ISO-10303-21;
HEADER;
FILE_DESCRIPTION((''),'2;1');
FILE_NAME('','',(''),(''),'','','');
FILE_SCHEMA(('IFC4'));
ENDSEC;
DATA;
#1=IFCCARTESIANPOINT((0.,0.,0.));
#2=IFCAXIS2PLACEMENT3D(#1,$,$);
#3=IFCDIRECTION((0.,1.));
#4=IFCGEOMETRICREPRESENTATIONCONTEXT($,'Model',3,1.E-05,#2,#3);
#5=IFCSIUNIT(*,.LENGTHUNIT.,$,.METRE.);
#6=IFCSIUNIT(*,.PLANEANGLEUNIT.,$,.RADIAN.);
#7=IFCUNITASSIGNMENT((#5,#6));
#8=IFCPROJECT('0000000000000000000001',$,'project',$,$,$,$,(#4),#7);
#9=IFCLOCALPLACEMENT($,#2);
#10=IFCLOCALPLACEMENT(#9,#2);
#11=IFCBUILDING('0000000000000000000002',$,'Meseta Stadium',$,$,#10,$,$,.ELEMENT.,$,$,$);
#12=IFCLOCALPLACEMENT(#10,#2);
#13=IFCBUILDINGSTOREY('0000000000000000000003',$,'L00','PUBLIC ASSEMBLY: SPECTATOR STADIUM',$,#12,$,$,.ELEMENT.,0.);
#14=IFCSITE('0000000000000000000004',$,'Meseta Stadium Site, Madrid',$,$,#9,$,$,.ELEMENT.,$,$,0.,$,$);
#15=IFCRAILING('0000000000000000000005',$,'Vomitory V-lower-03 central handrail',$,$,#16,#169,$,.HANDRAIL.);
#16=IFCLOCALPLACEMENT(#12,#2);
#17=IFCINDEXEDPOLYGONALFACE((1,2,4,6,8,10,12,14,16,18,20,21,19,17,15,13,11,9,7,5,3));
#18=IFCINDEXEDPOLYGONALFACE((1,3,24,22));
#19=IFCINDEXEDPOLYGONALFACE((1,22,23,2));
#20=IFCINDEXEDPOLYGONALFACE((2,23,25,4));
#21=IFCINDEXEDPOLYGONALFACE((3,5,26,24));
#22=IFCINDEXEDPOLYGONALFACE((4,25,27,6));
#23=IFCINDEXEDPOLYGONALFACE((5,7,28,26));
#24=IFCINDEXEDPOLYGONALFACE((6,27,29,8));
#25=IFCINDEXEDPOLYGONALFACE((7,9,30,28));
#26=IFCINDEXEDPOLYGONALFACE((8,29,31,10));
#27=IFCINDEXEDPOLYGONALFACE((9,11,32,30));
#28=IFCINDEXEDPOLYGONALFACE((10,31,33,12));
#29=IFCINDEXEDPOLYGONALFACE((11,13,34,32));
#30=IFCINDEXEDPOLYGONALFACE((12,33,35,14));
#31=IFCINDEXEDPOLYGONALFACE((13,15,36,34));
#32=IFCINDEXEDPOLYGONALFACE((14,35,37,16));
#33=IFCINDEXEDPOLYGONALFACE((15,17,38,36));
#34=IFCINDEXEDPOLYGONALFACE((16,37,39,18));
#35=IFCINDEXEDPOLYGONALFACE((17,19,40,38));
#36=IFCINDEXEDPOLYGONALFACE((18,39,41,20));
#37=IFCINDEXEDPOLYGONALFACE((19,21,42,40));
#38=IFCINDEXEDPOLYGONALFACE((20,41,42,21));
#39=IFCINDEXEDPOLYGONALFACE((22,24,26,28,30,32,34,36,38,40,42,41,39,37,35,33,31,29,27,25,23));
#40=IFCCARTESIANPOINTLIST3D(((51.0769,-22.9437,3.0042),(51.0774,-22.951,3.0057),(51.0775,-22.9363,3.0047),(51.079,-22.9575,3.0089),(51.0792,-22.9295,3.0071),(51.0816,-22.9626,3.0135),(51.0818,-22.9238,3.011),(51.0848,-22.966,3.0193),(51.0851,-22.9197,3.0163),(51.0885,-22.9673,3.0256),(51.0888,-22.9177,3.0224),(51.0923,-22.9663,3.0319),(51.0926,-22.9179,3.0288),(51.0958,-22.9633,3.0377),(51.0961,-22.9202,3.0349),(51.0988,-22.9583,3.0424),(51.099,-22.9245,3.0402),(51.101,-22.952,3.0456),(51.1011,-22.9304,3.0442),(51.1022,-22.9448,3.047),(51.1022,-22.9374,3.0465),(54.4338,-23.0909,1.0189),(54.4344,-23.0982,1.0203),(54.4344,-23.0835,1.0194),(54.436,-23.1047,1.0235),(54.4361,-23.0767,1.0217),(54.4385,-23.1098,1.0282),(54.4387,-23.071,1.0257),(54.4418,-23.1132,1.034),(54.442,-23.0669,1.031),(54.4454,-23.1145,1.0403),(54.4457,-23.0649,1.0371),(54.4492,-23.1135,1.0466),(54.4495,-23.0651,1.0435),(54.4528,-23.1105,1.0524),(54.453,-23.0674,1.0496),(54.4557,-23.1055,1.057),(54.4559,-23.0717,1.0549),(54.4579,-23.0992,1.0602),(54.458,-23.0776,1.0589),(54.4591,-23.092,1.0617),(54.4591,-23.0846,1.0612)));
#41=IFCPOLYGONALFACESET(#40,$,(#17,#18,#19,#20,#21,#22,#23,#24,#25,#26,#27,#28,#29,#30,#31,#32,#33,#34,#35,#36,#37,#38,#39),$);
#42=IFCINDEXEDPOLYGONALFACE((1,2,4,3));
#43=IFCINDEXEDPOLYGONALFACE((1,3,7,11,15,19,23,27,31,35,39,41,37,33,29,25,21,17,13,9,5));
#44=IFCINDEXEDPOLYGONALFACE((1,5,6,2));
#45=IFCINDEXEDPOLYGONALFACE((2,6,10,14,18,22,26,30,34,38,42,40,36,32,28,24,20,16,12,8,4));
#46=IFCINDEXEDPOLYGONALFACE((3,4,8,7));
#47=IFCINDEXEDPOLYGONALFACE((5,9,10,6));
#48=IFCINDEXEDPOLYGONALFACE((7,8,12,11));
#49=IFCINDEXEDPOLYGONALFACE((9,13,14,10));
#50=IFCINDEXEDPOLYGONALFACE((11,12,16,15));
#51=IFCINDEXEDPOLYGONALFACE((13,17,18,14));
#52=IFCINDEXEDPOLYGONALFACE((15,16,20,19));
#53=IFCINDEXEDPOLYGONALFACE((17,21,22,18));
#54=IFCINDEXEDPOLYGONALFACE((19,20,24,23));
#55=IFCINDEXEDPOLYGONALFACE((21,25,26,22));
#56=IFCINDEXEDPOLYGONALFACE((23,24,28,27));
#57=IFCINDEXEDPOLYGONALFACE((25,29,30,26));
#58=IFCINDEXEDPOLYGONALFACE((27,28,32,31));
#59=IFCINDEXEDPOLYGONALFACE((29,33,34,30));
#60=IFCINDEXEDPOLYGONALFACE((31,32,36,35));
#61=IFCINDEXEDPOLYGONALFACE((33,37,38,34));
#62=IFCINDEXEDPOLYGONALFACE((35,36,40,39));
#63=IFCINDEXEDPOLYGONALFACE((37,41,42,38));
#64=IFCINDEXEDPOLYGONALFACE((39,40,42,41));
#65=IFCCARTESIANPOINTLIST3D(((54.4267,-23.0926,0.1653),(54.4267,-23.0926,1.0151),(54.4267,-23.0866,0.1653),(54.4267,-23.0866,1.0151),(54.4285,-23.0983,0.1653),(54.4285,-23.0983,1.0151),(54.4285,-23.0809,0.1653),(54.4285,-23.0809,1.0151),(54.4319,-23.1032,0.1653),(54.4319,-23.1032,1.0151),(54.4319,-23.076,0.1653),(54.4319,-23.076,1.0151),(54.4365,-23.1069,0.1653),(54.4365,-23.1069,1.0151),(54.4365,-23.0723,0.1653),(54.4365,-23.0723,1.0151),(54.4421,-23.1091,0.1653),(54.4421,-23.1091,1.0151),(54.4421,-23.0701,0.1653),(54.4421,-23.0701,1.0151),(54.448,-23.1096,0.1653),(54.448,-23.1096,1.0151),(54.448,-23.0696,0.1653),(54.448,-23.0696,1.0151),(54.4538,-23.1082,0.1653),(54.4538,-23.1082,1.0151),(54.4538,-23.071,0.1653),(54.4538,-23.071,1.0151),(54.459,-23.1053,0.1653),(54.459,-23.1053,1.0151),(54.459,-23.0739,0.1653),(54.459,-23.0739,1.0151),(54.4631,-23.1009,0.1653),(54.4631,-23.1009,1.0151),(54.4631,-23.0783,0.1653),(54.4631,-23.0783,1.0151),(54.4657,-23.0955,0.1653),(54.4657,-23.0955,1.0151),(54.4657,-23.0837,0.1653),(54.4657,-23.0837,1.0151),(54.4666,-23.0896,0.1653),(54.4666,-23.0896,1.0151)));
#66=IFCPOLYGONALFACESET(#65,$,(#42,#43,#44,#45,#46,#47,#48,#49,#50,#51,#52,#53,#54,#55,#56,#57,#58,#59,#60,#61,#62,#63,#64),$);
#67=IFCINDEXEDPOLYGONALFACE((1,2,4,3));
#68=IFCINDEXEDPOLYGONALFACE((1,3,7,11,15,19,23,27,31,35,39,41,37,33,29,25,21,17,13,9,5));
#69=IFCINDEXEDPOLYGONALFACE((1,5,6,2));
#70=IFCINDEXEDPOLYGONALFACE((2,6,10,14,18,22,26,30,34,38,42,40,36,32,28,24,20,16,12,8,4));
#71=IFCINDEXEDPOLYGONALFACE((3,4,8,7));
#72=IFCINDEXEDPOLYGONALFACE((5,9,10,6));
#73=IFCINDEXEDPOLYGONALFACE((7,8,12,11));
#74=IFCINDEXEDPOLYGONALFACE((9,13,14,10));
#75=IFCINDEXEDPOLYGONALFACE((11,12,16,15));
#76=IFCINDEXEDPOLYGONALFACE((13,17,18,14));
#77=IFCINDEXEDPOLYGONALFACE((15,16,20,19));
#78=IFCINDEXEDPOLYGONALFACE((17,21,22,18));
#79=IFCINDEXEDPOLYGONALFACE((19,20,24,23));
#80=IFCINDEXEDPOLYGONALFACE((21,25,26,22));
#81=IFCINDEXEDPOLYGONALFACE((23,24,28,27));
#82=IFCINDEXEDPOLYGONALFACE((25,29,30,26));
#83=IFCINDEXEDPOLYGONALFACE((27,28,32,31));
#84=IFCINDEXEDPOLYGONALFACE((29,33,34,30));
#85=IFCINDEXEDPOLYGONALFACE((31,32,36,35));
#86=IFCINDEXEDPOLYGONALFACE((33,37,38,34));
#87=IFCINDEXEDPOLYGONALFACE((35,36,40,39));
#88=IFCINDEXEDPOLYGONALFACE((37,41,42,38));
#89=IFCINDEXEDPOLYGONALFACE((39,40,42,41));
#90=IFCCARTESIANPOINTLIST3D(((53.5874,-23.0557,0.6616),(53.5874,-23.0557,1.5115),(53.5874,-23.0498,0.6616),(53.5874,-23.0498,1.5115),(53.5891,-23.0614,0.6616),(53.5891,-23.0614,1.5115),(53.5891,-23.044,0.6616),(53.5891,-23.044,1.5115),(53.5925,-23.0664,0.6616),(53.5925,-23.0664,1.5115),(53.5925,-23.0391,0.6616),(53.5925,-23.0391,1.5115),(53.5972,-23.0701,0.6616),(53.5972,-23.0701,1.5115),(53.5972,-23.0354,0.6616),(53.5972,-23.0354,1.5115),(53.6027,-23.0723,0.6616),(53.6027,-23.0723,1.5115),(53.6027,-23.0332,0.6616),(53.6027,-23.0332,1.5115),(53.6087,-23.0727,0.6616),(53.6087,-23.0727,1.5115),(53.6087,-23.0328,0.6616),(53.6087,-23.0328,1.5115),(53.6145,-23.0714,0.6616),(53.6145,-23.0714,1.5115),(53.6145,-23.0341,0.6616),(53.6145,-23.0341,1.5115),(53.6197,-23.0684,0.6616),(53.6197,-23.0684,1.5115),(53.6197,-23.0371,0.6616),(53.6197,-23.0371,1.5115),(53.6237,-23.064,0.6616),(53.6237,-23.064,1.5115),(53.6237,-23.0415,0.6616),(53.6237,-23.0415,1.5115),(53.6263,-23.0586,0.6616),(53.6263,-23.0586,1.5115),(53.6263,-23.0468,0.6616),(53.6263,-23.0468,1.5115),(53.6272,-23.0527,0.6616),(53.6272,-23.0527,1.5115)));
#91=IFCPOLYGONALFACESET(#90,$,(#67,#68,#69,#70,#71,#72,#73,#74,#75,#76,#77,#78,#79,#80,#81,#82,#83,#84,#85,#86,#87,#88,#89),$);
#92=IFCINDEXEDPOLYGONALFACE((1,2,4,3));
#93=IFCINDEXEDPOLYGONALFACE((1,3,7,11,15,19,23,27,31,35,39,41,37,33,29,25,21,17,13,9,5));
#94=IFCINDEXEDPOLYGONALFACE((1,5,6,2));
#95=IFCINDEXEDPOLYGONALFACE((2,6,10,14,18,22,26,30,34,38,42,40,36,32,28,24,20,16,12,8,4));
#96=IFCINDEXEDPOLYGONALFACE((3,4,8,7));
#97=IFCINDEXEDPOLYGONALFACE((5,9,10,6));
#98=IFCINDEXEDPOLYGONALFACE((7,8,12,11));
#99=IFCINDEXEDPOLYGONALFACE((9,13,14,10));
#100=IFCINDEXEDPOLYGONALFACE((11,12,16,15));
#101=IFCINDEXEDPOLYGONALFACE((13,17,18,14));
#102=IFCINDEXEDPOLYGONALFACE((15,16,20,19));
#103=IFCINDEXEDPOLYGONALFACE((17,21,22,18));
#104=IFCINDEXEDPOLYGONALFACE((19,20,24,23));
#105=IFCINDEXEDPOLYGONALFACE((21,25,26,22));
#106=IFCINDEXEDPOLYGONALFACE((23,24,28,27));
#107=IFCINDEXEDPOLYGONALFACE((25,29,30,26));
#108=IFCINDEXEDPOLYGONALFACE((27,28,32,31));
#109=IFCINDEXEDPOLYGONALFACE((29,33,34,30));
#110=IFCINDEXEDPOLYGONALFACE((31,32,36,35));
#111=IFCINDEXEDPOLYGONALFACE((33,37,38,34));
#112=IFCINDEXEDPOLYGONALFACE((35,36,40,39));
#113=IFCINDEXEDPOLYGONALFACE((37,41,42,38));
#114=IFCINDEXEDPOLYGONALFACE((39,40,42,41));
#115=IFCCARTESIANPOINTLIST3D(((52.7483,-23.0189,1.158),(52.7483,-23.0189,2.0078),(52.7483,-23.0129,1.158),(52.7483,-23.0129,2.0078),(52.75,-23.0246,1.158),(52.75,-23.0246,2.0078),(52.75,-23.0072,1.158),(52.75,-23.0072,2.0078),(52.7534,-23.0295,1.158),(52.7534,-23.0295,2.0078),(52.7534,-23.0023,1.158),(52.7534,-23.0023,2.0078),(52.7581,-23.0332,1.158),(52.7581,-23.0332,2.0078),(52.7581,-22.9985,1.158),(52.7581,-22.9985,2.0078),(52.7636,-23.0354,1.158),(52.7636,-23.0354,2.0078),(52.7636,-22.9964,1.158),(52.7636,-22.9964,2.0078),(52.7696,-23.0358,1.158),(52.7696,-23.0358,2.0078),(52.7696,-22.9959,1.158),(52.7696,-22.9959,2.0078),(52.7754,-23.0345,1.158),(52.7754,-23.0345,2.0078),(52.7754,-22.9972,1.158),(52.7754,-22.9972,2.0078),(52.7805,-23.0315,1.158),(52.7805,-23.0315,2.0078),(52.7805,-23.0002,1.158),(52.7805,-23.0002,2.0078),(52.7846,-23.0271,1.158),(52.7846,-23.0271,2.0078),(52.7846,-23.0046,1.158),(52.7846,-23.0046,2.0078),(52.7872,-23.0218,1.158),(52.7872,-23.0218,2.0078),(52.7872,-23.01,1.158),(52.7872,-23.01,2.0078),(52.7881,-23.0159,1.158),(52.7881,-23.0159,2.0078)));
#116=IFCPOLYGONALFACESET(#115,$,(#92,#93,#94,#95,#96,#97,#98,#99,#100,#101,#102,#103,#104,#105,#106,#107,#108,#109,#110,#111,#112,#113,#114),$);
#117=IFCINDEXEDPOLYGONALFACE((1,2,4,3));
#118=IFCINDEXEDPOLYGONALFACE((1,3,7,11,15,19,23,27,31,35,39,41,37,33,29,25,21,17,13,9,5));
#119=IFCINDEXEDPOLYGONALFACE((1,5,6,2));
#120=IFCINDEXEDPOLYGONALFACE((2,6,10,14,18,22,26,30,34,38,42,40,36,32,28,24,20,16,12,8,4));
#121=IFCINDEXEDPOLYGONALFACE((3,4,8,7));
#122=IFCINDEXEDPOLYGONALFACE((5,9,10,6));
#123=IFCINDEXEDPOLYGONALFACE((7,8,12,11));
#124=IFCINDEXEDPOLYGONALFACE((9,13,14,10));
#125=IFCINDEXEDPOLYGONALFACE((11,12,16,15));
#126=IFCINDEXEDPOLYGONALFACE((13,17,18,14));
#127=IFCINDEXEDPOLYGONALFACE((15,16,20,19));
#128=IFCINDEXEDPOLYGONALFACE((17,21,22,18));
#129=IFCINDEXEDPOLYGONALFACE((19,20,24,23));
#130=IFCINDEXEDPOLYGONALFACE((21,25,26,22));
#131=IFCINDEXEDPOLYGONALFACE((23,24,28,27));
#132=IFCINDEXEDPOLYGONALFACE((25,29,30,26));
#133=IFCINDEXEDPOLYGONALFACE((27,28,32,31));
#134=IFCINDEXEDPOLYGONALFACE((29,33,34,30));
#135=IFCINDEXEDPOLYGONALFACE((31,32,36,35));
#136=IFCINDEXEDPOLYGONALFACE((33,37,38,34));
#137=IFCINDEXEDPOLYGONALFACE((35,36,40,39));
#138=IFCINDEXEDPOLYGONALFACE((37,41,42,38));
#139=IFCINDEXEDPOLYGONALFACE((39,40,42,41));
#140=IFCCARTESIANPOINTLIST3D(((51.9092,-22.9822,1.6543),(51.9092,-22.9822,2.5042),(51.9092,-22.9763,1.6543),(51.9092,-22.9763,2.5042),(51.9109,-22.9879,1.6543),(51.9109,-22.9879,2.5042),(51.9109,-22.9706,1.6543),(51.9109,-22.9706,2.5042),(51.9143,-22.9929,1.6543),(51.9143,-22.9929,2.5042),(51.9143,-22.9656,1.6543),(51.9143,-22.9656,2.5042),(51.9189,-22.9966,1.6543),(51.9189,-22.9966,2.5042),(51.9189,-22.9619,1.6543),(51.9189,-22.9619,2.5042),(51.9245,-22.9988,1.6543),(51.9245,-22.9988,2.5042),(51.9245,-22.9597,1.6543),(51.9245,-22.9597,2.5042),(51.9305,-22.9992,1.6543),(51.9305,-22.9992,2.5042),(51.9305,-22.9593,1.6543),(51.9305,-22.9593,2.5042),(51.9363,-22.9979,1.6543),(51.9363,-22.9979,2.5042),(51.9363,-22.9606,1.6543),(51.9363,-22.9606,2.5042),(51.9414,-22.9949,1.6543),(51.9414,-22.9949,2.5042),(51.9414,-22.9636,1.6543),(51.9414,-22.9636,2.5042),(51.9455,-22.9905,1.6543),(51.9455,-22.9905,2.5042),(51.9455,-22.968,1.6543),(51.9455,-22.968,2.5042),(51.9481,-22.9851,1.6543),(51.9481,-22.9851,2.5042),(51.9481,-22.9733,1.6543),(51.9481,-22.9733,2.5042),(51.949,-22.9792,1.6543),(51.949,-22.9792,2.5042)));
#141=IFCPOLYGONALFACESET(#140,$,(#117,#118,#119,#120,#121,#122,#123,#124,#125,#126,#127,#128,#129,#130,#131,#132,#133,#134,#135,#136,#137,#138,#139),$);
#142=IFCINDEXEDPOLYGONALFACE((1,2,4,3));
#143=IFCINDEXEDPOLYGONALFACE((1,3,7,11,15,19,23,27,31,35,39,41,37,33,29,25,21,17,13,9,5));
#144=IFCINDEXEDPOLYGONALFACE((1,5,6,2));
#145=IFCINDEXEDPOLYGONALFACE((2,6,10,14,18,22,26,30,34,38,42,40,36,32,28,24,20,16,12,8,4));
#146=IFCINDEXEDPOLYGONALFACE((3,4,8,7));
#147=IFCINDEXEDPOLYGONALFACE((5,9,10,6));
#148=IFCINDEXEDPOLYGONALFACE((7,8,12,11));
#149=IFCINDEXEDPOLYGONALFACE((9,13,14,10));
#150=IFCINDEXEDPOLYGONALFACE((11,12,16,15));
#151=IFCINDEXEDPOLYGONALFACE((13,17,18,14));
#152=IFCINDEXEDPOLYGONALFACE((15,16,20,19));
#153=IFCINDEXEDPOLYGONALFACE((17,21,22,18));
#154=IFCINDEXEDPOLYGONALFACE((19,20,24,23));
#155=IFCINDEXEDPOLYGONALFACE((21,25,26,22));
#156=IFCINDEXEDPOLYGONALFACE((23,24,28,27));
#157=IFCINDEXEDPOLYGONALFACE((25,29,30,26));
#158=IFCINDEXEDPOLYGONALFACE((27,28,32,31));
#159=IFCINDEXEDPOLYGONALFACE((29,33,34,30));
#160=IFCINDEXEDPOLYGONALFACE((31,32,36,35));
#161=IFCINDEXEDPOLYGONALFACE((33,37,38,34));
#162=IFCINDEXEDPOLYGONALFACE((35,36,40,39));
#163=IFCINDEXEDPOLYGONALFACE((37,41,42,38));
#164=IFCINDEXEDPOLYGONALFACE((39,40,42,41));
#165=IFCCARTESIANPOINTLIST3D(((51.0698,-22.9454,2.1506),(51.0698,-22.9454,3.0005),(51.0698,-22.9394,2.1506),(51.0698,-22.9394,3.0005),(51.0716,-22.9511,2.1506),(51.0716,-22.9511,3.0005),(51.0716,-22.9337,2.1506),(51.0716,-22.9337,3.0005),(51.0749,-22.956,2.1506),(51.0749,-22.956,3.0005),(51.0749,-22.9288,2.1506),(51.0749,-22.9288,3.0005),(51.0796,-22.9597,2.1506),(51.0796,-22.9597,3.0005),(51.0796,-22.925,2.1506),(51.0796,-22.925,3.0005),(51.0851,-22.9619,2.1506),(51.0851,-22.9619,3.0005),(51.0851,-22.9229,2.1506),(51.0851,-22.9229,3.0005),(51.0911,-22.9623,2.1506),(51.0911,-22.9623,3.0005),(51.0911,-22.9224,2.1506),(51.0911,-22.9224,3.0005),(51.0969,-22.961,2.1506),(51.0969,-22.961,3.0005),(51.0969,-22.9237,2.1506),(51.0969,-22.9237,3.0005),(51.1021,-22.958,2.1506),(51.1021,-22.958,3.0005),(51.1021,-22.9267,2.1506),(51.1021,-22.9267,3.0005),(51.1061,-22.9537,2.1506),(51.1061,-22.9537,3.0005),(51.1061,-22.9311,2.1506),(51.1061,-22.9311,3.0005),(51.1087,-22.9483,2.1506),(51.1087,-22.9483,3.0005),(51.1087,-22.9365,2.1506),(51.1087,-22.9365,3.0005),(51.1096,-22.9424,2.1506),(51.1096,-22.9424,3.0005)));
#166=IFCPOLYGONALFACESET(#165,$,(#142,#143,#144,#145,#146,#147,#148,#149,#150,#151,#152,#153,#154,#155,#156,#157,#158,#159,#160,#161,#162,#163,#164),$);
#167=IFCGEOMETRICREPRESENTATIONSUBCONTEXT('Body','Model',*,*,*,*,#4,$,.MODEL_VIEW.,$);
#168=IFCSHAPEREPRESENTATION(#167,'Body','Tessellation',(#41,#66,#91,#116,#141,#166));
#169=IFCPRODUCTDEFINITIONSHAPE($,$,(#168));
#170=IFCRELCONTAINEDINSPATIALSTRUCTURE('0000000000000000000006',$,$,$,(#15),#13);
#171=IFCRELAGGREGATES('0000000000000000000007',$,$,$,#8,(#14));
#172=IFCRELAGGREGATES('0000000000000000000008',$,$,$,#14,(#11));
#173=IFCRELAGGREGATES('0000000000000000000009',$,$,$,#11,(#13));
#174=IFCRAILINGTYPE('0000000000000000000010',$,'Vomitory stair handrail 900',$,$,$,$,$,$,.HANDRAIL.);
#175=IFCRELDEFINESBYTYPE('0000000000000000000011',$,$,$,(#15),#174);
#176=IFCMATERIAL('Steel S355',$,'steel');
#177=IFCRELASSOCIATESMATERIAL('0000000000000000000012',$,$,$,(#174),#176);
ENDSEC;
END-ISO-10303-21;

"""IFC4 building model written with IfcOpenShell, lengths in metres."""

from ifc_helpers import new_model, si_unit, direction, frame, origin, origin_2d, place, context, subcontext, project, spatial, circle, extrude, material, type_object, element, save


model = new_model("IFC4")

# Units and contexts
model_context = context("Model", 3, precision=1e-05, world=origin(), true_north=direction((0.0, 1.0)))
body_context = subcontext(model_context, "Body", "Model", "MODEL_VIEW")
ifc_project = project(units=[si_unit("LENGTHUNIT", "METRE"), si_unit("PLANEANGLEUNIT", "RADIAN")], contexts=[model_context])

# Site, building, storey
site_placement = place(None, origin())
site = spatial("IfcSite", under=ifc_project, at=site_placement, Name="Meseta Stadium Site, Madrid", CompositionType="ELEMENT", RefElevation=0.0)
building_placement = place(site_placement, origin())
building = spatial("IfcBuilding", under=site, at=building_placement, Name="Meseta Stadium", CompositionType="ELEMENT")
storey_placement = place(building_placement, origin())
storey = spatial("IfcBuildingStorey", under=building, at=storey_placement, Name="L00", Description="PUBLIC ASSEMBLY: SPECTATOR STADIUM", CompositionType="ELEMENT", Elevation=0.0)

# Railing
ifc_material_1 = material(Name="Steel S355", Category="steel")
railing_type_1 = type_object("IfcRailingType", Name="Vomitory stair handrail 900", PredefinedType="HANDRAIL", material=ifc_material_1)
railing_1_placement = place(storey_placement, frame((54.4465, -23.0896, 0.1653)))
element("IfcRailing", 1, at=railing_1_placement, inside=storey, type_object=railing_type_1, Name="Vomitory V-lower-03 central handrail", PredefinedType="HANDRAIL", context=body_context, shape_type="SweptSolid", body=[
    extrude(circle(Radius=0.0249, at=origin_2d()), frame((0.0, 0.0, 0.875), z_axis=(-0.860122, 0.03772, 0.508692), x_axis=(-0.043812, -0.99904, 0.0)), (0.0, 0.0, 1.0), 3.9028),
    extrude(circle(Radius=0.02, at=origin_2d()), origin(), (0.0, 0.0, 1.0), 0.8499),
    extrude(circle(Radius=0.02, at=origin_2d()), frame((-0.8394, 0.0369, 0.4963)), (0.0, 0.0, 1.0), 0.8499),
    extrude(circle(Radius=0.02, at=origin_2d()), frame((-1.6785, 0.0737, 0.9927)), (0.0, 0.0, 1.0), 0.8499),
    extrude(circle(Radius=0.02, at=origin_2d()), frame((-2.5176, 0.1104, 1.489)), (0.0, 0.0, 1.0), 0.8499),
    extrude(circle(Radius=0.02, at=origin_2d()), frame((-3.3569, 0.1472, 1.9854)), (0.0, 0.0, 1.0), 0.8499),
])

save(model, "model.ifc")
